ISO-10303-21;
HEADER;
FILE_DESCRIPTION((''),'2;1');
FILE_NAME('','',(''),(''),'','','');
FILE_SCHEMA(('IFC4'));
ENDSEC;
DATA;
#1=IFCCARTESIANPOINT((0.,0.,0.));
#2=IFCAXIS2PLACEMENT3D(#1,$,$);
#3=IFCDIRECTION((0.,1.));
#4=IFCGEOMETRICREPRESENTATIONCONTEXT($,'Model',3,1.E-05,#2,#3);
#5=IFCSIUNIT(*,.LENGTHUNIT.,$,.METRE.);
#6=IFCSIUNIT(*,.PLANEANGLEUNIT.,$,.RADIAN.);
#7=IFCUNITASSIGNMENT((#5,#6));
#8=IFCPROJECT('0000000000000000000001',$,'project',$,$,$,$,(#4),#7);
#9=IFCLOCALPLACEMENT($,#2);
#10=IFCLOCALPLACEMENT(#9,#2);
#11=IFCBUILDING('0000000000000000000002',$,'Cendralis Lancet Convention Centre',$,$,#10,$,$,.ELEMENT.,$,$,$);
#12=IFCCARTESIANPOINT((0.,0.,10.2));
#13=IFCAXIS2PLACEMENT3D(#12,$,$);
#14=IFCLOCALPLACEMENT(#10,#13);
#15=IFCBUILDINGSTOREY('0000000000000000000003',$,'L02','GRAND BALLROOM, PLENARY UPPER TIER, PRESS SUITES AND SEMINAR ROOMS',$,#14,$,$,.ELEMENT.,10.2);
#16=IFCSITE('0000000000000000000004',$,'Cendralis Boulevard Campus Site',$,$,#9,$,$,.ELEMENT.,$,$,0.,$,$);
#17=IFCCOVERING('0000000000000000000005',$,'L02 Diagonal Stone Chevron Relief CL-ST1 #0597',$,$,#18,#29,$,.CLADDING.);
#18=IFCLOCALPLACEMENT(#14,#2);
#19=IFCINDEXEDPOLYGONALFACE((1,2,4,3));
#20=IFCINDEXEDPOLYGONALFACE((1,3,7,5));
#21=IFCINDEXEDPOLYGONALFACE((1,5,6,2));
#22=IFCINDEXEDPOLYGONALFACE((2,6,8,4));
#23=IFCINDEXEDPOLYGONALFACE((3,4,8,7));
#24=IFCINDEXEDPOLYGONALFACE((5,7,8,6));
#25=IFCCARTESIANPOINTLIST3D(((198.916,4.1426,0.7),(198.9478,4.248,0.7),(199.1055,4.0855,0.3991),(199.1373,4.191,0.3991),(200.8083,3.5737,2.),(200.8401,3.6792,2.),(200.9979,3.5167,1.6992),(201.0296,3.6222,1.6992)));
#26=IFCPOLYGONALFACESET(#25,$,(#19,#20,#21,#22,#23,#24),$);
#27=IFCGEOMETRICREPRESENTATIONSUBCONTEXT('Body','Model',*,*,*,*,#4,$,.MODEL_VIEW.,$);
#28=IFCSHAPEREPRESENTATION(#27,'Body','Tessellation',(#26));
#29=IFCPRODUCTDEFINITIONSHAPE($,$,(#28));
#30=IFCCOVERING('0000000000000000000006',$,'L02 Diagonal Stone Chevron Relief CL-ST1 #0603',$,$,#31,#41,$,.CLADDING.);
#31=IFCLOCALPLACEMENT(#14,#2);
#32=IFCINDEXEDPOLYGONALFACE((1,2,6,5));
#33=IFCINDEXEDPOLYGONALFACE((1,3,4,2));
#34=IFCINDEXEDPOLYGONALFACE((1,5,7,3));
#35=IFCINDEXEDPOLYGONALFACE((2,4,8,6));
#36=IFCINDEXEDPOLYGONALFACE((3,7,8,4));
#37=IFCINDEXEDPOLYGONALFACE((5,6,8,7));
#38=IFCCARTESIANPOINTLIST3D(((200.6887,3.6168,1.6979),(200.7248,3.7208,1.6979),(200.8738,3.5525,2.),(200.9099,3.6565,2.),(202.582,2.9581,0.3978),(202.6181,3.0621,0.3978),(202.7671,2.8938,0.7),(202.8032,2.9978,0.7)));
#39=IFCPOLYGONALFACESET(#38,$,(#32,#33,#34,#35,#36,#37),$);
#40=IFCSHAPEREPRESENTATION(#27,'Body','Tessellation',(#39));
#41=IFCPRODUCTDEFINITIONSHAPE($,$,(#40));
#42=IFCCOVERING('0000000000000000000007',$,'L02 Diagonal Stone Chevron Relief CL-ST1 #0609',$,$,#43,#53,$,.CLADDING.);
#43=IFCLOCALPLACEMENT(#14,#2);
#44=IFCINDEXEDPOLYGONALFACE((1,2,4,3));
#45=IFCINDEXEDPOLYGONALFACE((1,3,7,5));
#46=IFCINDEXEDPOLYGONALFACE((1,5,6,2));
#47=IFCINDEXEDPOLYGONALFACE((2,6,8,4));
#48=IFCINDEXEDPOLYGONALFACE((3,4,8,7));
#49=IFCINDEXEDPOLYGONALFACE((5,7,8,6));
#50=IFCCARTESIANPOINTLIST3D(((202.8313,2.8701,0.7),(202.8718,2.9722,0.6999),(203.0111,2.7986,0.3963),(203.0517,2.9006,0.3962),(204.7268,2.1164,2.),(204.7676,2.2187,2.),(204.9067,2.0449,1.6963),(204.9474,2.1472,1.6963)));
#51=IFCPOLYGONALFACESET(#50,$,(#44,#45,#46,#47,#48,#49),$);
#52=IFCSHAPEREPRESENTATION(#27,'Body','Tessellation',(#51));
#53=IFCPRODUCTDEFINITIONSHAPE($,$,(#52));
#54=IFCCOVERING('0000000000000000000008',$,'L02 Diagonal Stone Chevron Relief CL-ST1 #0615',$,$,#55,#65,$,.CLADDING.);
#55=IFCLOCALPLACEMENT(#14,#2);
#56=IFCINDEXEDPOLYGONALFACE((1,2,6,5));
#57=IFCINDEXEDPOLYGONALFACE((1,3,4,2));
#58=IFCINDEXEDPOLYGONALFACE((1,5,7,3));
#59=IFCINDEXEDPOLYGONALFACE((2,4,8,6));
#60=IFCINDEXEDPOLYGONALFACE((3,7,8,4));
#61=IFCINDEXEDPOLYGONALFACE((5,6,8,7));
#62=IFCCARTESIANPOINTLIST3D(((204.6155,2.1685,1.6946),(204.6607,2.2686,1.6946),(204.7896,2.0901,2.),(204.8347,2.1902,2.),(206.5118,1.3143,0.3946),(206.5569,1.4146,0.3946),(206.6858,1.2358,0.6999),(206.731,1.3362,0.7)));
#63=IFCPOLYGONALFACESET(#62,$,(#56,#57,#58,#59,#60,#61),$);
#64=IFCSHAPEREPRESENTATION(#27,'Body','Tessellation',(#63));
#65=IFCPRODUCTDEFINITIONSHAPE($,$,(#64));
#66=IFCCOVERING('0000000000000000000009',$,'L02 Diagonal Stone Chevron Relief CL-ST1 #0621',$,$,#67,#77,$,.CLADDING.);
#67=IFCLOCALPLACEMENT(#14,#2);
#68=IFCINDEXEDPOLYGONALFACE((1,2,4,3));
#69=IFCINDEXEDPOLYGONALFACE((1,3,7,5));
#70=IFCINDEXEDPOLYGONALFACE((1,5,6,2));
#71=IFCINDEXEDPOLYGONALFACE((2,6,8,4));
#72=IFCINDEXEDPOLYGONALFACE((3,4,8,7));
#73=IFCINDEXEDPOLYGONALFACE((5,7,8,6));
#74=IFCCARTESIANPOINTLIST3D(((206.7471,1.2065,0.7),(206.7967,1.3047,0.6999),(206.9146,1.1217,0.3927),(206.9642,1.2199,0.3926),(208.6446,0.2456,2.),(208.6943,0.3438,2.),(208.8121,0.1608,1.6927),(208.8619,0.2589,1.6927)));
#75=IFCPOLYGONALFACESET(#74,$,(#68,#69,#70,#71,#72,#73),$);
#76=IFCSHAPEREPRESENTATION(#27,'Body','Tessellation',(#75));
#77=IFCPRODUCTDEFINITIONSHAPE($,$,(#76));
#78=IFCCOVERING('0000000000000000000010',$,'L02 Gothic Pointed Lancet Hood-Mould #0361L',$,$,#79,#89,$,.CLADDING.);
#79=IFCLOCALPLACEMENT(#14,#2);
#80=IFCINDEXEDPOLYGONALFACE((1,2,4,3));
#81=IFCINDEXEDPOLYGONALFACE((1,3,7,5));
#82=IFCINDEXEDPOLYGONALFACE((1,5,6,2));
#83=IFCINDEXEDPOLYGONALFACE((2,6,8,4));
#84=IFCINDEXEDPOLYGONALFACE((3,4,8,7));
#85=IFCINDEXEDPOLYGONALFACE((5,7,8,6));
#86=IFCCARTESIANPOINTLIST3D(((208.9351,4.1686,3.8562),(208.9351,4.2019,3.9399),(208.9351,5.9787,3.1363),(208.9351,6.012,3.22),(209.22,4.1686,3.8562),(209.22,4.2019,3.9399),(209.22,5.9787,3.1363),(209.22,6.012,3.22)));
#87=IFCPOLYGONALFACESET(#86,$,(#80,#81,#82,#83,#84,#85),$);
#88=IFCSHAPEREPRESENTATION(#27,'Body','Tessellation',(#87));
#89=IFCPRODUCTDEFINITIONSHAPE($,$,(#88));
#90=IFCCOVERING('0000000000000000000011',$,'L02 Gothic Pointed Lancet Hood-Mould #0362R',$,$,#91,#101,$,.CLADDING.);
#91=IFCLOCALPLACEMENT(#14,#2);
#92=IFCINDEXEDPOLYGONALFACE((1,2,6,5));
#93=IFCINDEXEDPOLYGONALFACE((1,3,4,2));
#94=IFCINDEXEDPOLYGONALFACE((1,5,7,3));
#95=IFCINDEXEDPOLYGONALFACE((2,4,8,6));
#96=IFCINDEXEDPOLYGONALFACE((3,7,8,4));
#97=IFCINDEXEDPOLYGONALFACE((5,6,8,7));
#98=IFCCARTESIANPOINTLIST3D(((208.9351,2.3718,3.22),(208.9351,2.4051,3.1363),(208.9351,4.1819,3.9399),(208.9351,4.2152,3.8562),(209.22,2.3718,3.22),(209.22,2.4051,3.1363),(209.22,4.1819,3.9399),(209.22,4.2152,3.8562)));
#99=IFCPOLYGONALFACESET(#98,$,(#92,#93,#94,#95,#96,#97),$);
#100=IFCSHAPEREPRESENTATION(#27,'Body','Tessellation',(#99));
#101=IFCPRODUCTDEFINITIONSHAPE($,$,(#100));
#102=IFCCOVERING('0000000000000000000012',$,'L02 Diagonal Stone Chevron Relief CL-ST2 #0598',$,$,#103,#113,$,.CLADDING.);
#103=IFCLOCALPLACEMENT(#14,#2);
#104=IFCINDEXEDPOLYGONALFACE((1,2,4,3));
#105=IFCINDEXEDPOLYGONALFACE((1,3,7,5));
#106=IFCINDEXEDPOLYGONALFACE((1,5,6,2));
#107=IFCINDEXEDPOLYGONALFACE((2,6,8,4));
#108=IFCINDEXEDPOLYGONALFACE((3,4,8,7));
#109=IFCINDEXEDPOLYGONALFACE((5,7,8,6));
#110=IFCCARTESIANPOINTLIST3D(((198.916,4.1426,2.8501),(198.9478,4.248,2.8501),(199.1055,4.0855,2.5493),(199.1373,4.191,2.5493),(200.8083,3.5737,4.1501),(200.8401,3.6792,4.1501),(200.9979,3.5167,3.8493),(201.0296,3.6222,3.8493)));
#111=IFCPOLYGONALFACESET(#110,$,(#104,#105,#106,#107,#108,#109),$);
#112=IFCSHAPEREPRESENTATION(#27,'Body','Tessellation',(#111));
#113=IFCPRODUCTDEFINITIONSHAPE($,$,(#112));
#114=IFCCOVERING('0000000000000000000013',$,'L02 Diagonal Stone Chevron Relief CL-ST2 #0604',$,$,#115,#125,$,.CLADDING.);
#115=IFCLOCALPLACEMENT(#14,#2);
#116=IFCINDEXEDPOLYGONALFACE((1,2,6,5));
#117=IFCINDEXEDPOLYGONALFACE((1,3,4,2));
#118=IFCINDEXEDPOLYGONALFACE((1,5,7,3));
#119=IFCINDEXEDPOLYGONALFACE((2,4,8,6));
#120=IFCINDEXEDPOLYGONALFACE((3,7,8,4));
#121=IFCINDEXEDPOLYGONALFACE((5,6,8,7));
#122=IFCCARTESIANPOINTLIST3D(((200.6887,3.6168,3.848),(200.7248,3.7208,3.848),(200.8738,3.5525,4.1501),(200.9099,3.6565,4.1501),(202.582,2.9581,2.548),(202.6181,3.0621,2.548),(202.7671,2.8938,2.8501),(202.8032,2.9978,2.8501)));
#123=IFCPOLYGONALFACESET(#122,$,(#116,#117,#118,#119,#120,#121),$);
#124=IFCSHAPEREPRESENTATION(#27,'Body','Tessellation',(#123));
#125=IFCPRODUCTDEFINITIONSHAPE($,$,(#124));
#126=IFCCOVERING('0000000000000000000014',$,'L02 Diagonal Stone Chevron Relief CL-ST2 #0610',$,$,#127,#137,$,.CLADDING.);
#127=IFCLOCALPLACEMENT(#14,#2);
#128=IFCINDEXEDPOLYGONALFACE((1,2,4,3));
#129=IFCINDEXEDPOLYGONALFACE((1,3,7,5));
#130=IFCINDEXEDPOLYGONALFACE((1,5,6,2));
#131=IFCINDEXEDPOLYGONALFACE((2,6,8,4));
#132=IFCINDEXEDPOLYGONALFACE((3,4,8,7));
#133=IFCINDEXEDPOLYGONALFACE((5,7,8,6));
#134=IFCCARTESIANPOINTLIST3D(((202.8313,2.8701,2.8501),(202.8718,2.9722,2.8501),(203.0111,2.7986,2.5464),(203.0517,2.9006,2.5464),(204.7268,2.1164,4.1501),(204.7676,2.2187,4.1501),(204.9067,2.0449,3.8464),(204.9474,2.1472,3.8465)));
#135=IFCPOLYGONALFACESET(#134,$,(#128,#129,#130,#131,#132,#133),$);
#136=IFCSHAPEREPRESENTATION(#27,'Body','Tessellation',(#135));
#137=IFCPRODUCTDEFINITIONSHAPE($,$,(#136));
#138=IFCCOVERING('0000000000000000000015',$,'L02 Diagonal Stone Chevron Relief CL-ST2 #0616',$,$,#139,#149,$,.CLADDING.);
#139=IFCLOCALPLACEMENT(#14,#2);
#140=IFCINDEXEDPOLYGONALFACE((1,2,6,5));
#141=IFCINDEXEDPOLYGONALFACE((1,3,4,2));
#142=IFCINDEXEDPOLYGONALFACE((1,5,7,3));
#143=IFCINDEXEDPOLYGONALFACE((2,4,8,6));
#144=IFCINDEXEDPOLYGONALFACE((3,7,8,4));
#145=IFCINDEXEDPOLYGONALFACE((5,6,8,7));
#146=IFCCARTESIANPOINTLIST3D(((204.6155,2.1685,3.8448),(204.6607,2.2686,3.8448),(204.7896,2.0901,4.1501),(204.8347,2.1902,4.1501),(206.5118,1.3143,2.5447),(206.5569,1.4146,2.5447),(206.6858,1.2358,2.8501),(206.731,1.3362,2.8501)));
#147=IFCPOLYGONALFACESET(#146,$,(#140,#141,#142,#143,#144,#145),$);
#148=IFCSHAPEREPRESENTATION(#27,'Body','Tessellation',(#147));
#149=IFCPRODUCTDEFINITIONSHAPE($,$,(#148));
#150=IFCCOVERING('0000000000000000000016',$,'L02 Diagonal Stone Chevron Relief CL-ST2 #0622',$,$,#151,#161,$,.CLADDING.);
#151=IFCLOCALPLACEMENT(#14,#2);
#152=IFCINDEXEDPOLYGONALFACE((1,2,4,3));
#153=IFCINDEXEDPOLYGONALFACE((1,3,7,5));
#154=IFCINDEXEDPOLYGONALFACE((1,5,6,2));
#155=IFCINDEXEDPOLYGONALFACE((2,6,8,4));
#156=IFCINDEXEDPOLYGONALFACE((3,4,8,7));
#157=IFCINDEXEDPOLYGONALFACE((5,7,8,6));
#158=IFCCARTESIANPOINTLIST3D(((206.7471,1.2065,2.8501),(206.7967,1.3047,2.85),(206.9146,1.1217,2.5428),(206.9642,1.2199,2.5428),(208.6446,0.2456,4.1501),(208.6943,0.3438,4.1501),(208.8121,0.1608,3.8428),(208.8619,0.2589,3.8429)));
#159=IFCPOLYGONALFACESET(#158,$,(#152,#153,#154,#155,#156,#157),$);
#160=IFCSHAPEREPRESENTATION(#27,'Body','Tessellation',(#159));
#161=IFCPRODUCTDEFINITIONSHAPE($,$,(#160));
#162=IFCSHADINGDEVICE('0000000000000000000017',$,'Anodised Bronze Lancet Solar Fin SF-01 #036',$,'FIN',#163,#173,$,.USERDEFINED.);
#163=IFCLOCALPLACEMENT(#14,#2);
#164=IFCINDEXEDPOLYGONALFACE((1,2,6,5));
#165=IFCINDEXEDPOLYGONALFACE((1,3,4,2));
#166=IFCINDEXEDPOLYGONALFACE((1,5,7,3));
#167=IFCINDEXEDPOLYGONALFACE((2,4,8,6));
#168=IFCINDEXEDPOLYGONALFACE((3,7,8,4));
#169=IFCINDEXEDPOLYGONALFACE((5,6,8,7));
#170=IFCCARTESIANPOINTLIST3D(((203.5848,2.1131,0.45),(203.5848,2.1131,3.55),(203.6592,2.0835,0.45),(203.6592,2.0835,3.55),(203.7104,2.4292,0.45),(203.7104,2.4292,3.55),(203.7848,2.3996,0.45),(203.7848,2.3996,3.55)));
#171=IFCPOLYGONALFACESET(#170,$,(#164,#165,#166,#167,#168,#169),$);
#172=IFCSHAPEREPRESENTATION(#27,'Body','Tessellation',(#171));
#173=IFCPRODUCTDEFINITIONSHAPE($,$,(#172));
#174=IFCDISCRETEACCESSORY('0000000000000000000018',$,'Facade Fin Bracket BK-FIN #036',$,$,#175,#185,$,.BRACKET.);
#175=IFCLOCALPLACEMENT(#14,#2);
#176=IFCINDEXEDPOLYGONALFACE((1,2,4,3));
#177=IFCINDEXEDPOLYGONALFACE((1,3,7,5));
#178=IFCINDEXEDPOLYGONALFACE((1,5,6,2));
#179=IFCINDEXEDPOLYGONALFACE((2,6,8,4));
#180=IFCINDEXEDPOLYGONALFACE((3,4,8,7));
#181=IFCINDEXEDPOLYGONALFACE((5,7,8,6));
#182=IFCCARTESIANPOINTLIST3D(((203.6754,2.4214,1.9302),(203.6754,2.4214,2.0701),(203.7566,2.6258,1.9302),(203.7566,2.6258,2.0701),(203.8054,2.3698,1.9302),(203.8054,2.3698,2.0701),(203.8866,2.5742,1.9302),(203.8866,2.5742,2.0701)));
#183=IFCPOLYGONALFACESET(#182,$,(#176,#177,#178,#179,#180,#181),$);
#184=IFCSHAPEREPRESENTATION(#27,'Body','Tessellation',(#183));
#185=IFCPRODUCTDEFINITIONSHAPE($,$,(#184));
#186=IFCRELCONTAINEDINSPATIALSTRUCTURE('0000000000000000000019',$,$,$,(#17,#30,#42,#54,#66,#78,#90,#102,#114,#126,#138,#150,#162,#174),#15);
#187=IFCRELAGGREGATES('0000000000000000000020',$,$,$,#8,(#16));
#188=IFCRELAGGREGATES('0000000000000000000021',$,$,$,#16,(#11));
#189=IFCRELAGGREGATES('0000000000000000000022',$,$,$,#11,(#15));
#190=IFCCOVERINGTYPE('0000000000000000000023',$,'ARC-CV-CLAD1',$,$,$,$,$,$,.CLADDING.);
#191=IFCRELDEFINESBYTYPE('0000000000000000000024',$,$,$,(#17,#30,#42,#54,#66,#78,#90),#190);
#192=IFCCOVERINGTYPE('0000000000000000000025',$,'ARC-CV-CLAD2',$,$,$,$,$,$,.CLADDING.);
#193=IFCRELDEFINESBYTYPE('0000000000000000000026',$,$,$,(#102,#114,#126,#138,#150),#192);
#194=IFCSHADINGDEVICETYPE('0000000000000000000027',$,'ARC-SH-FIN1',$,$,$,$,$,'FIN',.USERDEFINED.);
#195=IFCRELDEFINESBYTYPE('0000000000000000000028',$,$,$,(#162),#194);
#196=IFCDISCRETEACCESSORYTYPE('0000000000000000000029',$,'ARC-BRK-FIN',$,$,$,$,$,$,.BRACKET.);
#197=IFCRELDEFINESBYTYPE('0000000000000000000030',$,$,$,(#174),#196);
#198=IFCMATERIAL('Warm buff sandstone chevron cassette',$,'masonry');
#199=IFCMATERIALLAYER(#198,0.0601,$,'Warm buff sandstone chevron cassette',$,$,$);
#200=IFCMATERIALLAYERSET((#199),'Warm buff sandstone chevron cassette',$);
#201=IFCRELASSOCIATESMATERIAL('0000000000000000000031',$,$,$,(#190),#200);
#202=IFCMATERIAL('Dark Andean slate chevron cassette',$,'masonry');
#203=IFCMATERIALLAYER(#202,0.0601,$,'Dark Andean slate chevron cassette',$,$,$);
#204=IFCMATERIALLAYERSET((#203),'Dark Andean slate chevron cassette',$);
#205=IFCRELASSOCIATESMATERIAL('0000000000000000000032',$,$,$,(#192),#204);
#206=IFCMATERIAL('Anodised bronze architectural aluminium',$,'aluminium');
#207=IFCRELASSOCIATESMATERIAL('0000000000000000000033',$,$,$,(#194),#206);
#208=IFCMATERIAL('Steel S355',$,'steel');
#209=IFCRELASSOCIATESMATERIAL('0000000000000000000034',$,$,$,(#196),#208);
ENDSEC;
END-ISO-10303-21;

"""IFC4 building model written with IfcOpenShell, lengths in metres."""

from ifc_helpers import new_model, si_unit, direction, frame, origin, origin_2d, place, context, subcontext, project, spatial, polyline, rectangle, outline, extrude, material, layer, layer_set, type_object, element, save


model = new_model("IFC4")

# Units and contexts
model_context = context("Model", 3, precision=1e-05, world=origin(), true_north=direction((0.0, 1.0)))
body_context = subcontext(model_context, "Body", "Model", "MODEL_VIEW")
ifc_project = project(units=[si_unit("LENGTHUNIT", "METRE"), si_unit("PLANEANGLEUNIT", "RADIAN")], contexts=[model_context])

# Site, building, storey
site_placement = place(None, origin())
site = spatial("IfcSite", under=ifc_project, at=site_placement, Name="Cendralis Boulevard Campus Site", CompositionType="ELEMENT", RefElevation=0.0)
building_placement = place(site_placement, origin())
building = spatial("IfcBuilding", under=site, at=building_placement, Name="Cendralis Lancet Convention Centre", CompositionType="ELEMENT")
storey_placement = place(building_placement, frame((0.0, 0.0, 10.2)))
storey = spatial("IfcBuildingStorey", under=building, at=storey_placement, Name="L02", Description="GRAND BALLROOM, PLENARY UPPER TIER, PRESS SUITES AND SEMINAR ROOMS", CompositionType="ELEMENT", Elevation=10.2)

# Shared definitions
ifc_material_1 = material(Name="Warm buff sandstone chevron cassette", Category="masonry")
ifc_material_2 = material(Name="Dark Andean slate chevron cassette", Category="masonry")

# Coverings
ifc_layer_1 = layer(ifc_material_1, 0.0601, Name="Warm buff sandstone chevron cassette")
ifc_layer_set_1 = layer_set([ifc_layer_1], Name="Warm buff sandstone chevron cassette")
covering_type_1 = type_object("IfcCoveringType", Name="ARC-CV-CLAD1", PredefinedType="CLADDING", material=ifc_layer_set_1)
covering_1_placement = place(storey_placement, frame((198.916, 4.1426, 0.7), z_axis=(-0.526319, 0.158383, 0.835406), x_axis=(0.80004, -0.240497, 0.549634)))
element("IfcCovering", 1, at=covering_1_placement, inside=storey, type_object=covering_type_1, Name="L02 Diagonal Stone Chevron Relief CL-ST1 #0597", PredefinedType="CLADDING", context=body_context, shape_type="SweptSolid", body=[
    extrude(outline(polyline([(0.0, 0.0), (2.3653, 0.0), (2.3653, 0.1101), (0.0, 0.1101), (0.0, 0.0)])), origin(), (0.0, 0.0, -1.0), 0.3601),
])
covering_2_placement = place(storey_placement, frame((200.8738, 3.5525, 2.0), z_axis=(0.513984, -0.178567, 0.839008), x_axis=(0.792421, -0.275687, -0.544119)))
element("IfcCovering", 2, at=covering_2_placement, inside=storey, type_object=covering_type_1, Name="L02 Diagonal Stone Chevron Relief CL-ST1 #0603", PredefinedType="CLADDING", context=body_context, shape_type="SweptSolid", body=[
    extrude(outline(polyline([(0.0, 0.0), (2.3893, 0.0), (2.3892, 0.1101), (0.0, 0.1101), (0.0, 0.0)])), origin(), (0.0, 0.0, -1.0), 0.3601),
])
covering_3_placement = place(storey_placement, frame((202.8313, 2.8701, 0.7), z_axis=(-0.499371, 0.198675, 0.843301), x_axis=(0.783631, -0.311575, 0.537441)))
element("IfcCovering", 3, at=covering_3_placement, inside=storey, type_object=covering_type_1, Name="L02 Diagonal Stone Chevron Relief CL-ST1 #0609", PredefinedType="CLADDING", context=body_context, shape_type="SweptSolid", body=[
    extrude(outline(polyline([(0.0, 0.0), (2.4189, 0.0), (2.419, 0.1101), (0.0, 0.1098), (0.0, 0.0)])), origin(), (0.0, 0.0, -1.0), 0.3601),
])
covering_4_placement = place(storey_placement, frame((204.7896, 2.0901, 2.0), z_axis=(0.483255, -0.217789, 0.847958), x_axis=(0.773128, -0.348291, -0.530064)))
element("IfcCovering", 4, at=covering_4_placement, inside=storey, type_object=covering_type_1, Name="L02 Diagonal Stone Chevron Relief CL-ST1 #0615", PredefinedType="CLADDING", context=body_context, shape_type="SweptSolid", body=[
    extrude(outline(polyline([(0.0, 0.0), (2.4527, 0.0), (2.4526, 0.11), (0.0001, 0.1098), (0.0, 0.0)])), origin(), (0.0, 0.0, -1.0), 0.3601),
])
covering_5_placement = place(storey_placement, frame((206.7471, 1.2065, 0.7), z_axis=(-0.465289, 0.235538, 0.853246), x_axis=(0.761197, -0.385496, 0.521509)))
element("IfcCovering", 5, at=covering_5_placement, inside=storey, type_object=covering_type_1, Name="L02 Diagonal Stone Chevron Relief CL-ST1 #0621", PredefinedType="CLADDING", context=body_context, shape_type="SweptSolid", body=[
    extrude(outline(polyline([(0.0, 0.0), (2.4928, 0.0), (2.4928, 0.1101), (-0.0001, 0.1099), (0.0, 0.0)])), origin(), (0.0, 0.0, -1.0), 0.3601),
])
for number, where, z_axis, x_axis, name in (
    (6, (209.22, 6.012, 3.22), (0.0, 0.369596, 0.929192), (-1.0, 0.0, 0.0), "L02 Gothic Pointed Lancet Hood-Mould #0361L"),
    (7, (209.22, 4.1819, 3.9399), (0.0, -0.369596, 0.929192), (-1.0, 0.0, 0.0), "L02 Gothic Pointed Lancet Hood-Mould #0362R"),
):
    element("IfcCovering", number, at=place(storey_placement, frame(where, z_axis=z_axis, x_axis=x_axis)), inside=storey, type_object=covering_type_1, Name=name, PredefinedType="CLADDING", context=body_context, shape_type="SweptSolid", body=[
        extrude(outline(polyline([(0.0, 0.0), (0.2849, 0.0), (0.2849, 1.948), (0.0, 1.948), (0.0, 0.0)])), origin(), (0.0, 0.0, -1.0), 0.0901),
    ])
ifc_layer_2 = layer(ifc_material_2, 0.0601, Name="Dark Andean slate chevron cassette")
ifc_layer_set_2 = layer_set([ifc_layer_2], Name="Dark Andean slate chevron cassette")
covering_type_2 = type_object("IfcCoveringType", Name="ARC-CV-CLAD2", PredefinedType="CLADDING", material=ifc_layer_set_2)
covering_6_placement = place(storey_placement, frame((198.916, 4.1426, 2.8501), z_axis=(-0.526319, 0.158383, 0.835406), x_axis=(0.80004, -0.240497, 0.549634)))
element("IfcCovering", 8, at=covering_6_placement, inside=storey, type_object=covering_type_2, Name="L02 Diagonal Stone Chevron Relief CL-ST2 #0598", PredefinedType="CLADDING", context=body_context, shape_type="SweptSolid", body=[
    extrude(outline(polyline([(0.0, 0.0), (2.3653, 0.0), (2.3653, 0.1101), (0.0, 0.1101), (0.0, 0.0)])), origin(), (0.0, 0.0, -1.0), 0.3601),
])
covering_7_placement = place(storey_placement, frame((200.8738, 3.5525, 4.1501), z_axis=(0.513984, -0.178567, 0.839008), x_axis=(0.792421, -0.275687, -0.544119)))
element("IfcCovering", 9, at=covering_7_placement, inside=storey, type_object=covering_type_2, Name="L02 Diagonal Stone Chevron Relief CL-ST2 #0604", PredefinedType="CLADDING", context=body_context, shape_type="SweptSolid", body=[
    extrude(outline(polyline([(0.0, 0.0), (2.3893, 0.0), (2.3892, 0.1101), (0.0, 0.1101), (0.0, 0.0)])), origin(), (0.0, 0.0, -1.0), 0.3601),
])
covering_8_placement = place(storey_placement, frame((202.8313, 2.8701, 2.8501), z_axis=(-0.499371, 0.198675, 0.843301), x_axis=(0.783631, -0.311575, 0.537441)))
element("IfcCovering", 10, at=covering_8_placement, inside=storey, type_object=covering_type_2, Name="L02 Diagonal Stone Chevron Relief CL-ST2 #0610", PredefinedType="CLADDING", context=body_context, shape_type="SweptSolid", body=[
    extrude(outline(polyline([(0.0, 0.0), (2.4189, 0.0), (2.419, 0.1101), (0.0, 0.1098), (0.0, 0.0)])), origin(), (0.0, 0.0, -1.0), 0.3601),
])
covering_9_placement = place(storey_placement, frame((204.7896, 2.0901, 4.1501), z_axis=(0.483255, -0.217789, 0.847958), x_axis=(0.773128, -0.348291, -0.530064)))
element("IfcCovering", 11, at=covering_9_placement, inside=storey, type_object=covering_type_2, Name="L02 Diagonal Stone Chevron Relief CL-ST2 #0616", PredefinedType="CLADDING", context=body_context, shape_type="SweptSolid", body=[
    extrude(outline(polyline([(0.0, 0.0), (2.4527, 0.0), (2.4526, 0.11), (0.0001, 0.1098), (0.0, 0.0)])), origin(), (0.0, 0.0, -1.0), 0.3601),
])
covering_10_placement = place(storey_placement, frame((206.7471, 1.2065, 2.8501), z_axis=(-0.465289, 0.235538, 0.853246), x_axis=(0.761197, -0.385496, 0.521509)))
element("IfcCovering", 12, at=covering_10_placement, inside=storey, type_object=covering_type_2, Name="L02 Diagonal Stone Chevron Relief CL-ST2 #0622", PredefinedType="CLADDING", context=body_context, shape_type="SweptSolid", body=[
    extrude(outline(polyline([(0.0, 0.0), (2.4928, 0.0), (2.4928, 0.1101), (-0.0001, 0.1099), (0.0, 0.0)])), origin(), (0.0, 0.0, -1.0), 0.3601),
])

# Shading device
ifc_material_3 = material(Name="Anodised bronze architectural aluminium", Category="aluminium")
shading_device_type = type_object("IfcShadingDeviceType", Name="ARC-SH-FIN1", ElementType="FIN", PredefinedType="USERDEFINED", material=ifc_material_3)
shading_device_placement = place(storey_placement, frame((203.6848, 2.2563, 0.45), z_axis=(0.0, 0.0, 1.0), x_axis=(0.929287, -0.369358, 0.0)))
element("IfcShadingDevice", 13, at=shading_device_placement, inside=storey, type_object=shading_device_type, Name="Anodised Bronze Lancet Solar Fin SF-01 #036", ObjectType="FIN", PredefinedType="USERDEFINED", context=body_context, shape_type="SweptSolid", body=[
    extrude(rectangle(XDim=0.0801, YDim=0.3401, at=origin_2d()), origin(), (0.0, 0.0, 1.0), 3.1001),
])

# Discrete accessory
ifc_material_4 = material(Name="Steel S355", Category="steel")
discrete_accessory_type = type_object("IfcDiscreteAccessoryType", Name="ARC-BRK-FIN", PredefinedType="BRACKET", material=ifc_material_4)
discrete_accessory_placement = place(storey_placement, frame((203.781, 2.4978, 1.9302), z_axis=(0.0, 0.0, 1.0), x_axis=(0.929287, -0.369358, 0.0)))
element("IfcDiscreteAccessory", 14, at=discrete_accessory_placement, inside=storey, type_object=discrete_accessory_type, Name="Facade Fin Bracket BK-FIN #036", PredefinedType="BRACKET", context=body_context, shape_type="SweptSolid", body=[
    extrude(rectangle(XDim=0.1399, YDim=0.22, at=origin_2d()), origin(), (0.0, 0.0, 1.0), 0.1399),
])

save(model, "model.ifc")
